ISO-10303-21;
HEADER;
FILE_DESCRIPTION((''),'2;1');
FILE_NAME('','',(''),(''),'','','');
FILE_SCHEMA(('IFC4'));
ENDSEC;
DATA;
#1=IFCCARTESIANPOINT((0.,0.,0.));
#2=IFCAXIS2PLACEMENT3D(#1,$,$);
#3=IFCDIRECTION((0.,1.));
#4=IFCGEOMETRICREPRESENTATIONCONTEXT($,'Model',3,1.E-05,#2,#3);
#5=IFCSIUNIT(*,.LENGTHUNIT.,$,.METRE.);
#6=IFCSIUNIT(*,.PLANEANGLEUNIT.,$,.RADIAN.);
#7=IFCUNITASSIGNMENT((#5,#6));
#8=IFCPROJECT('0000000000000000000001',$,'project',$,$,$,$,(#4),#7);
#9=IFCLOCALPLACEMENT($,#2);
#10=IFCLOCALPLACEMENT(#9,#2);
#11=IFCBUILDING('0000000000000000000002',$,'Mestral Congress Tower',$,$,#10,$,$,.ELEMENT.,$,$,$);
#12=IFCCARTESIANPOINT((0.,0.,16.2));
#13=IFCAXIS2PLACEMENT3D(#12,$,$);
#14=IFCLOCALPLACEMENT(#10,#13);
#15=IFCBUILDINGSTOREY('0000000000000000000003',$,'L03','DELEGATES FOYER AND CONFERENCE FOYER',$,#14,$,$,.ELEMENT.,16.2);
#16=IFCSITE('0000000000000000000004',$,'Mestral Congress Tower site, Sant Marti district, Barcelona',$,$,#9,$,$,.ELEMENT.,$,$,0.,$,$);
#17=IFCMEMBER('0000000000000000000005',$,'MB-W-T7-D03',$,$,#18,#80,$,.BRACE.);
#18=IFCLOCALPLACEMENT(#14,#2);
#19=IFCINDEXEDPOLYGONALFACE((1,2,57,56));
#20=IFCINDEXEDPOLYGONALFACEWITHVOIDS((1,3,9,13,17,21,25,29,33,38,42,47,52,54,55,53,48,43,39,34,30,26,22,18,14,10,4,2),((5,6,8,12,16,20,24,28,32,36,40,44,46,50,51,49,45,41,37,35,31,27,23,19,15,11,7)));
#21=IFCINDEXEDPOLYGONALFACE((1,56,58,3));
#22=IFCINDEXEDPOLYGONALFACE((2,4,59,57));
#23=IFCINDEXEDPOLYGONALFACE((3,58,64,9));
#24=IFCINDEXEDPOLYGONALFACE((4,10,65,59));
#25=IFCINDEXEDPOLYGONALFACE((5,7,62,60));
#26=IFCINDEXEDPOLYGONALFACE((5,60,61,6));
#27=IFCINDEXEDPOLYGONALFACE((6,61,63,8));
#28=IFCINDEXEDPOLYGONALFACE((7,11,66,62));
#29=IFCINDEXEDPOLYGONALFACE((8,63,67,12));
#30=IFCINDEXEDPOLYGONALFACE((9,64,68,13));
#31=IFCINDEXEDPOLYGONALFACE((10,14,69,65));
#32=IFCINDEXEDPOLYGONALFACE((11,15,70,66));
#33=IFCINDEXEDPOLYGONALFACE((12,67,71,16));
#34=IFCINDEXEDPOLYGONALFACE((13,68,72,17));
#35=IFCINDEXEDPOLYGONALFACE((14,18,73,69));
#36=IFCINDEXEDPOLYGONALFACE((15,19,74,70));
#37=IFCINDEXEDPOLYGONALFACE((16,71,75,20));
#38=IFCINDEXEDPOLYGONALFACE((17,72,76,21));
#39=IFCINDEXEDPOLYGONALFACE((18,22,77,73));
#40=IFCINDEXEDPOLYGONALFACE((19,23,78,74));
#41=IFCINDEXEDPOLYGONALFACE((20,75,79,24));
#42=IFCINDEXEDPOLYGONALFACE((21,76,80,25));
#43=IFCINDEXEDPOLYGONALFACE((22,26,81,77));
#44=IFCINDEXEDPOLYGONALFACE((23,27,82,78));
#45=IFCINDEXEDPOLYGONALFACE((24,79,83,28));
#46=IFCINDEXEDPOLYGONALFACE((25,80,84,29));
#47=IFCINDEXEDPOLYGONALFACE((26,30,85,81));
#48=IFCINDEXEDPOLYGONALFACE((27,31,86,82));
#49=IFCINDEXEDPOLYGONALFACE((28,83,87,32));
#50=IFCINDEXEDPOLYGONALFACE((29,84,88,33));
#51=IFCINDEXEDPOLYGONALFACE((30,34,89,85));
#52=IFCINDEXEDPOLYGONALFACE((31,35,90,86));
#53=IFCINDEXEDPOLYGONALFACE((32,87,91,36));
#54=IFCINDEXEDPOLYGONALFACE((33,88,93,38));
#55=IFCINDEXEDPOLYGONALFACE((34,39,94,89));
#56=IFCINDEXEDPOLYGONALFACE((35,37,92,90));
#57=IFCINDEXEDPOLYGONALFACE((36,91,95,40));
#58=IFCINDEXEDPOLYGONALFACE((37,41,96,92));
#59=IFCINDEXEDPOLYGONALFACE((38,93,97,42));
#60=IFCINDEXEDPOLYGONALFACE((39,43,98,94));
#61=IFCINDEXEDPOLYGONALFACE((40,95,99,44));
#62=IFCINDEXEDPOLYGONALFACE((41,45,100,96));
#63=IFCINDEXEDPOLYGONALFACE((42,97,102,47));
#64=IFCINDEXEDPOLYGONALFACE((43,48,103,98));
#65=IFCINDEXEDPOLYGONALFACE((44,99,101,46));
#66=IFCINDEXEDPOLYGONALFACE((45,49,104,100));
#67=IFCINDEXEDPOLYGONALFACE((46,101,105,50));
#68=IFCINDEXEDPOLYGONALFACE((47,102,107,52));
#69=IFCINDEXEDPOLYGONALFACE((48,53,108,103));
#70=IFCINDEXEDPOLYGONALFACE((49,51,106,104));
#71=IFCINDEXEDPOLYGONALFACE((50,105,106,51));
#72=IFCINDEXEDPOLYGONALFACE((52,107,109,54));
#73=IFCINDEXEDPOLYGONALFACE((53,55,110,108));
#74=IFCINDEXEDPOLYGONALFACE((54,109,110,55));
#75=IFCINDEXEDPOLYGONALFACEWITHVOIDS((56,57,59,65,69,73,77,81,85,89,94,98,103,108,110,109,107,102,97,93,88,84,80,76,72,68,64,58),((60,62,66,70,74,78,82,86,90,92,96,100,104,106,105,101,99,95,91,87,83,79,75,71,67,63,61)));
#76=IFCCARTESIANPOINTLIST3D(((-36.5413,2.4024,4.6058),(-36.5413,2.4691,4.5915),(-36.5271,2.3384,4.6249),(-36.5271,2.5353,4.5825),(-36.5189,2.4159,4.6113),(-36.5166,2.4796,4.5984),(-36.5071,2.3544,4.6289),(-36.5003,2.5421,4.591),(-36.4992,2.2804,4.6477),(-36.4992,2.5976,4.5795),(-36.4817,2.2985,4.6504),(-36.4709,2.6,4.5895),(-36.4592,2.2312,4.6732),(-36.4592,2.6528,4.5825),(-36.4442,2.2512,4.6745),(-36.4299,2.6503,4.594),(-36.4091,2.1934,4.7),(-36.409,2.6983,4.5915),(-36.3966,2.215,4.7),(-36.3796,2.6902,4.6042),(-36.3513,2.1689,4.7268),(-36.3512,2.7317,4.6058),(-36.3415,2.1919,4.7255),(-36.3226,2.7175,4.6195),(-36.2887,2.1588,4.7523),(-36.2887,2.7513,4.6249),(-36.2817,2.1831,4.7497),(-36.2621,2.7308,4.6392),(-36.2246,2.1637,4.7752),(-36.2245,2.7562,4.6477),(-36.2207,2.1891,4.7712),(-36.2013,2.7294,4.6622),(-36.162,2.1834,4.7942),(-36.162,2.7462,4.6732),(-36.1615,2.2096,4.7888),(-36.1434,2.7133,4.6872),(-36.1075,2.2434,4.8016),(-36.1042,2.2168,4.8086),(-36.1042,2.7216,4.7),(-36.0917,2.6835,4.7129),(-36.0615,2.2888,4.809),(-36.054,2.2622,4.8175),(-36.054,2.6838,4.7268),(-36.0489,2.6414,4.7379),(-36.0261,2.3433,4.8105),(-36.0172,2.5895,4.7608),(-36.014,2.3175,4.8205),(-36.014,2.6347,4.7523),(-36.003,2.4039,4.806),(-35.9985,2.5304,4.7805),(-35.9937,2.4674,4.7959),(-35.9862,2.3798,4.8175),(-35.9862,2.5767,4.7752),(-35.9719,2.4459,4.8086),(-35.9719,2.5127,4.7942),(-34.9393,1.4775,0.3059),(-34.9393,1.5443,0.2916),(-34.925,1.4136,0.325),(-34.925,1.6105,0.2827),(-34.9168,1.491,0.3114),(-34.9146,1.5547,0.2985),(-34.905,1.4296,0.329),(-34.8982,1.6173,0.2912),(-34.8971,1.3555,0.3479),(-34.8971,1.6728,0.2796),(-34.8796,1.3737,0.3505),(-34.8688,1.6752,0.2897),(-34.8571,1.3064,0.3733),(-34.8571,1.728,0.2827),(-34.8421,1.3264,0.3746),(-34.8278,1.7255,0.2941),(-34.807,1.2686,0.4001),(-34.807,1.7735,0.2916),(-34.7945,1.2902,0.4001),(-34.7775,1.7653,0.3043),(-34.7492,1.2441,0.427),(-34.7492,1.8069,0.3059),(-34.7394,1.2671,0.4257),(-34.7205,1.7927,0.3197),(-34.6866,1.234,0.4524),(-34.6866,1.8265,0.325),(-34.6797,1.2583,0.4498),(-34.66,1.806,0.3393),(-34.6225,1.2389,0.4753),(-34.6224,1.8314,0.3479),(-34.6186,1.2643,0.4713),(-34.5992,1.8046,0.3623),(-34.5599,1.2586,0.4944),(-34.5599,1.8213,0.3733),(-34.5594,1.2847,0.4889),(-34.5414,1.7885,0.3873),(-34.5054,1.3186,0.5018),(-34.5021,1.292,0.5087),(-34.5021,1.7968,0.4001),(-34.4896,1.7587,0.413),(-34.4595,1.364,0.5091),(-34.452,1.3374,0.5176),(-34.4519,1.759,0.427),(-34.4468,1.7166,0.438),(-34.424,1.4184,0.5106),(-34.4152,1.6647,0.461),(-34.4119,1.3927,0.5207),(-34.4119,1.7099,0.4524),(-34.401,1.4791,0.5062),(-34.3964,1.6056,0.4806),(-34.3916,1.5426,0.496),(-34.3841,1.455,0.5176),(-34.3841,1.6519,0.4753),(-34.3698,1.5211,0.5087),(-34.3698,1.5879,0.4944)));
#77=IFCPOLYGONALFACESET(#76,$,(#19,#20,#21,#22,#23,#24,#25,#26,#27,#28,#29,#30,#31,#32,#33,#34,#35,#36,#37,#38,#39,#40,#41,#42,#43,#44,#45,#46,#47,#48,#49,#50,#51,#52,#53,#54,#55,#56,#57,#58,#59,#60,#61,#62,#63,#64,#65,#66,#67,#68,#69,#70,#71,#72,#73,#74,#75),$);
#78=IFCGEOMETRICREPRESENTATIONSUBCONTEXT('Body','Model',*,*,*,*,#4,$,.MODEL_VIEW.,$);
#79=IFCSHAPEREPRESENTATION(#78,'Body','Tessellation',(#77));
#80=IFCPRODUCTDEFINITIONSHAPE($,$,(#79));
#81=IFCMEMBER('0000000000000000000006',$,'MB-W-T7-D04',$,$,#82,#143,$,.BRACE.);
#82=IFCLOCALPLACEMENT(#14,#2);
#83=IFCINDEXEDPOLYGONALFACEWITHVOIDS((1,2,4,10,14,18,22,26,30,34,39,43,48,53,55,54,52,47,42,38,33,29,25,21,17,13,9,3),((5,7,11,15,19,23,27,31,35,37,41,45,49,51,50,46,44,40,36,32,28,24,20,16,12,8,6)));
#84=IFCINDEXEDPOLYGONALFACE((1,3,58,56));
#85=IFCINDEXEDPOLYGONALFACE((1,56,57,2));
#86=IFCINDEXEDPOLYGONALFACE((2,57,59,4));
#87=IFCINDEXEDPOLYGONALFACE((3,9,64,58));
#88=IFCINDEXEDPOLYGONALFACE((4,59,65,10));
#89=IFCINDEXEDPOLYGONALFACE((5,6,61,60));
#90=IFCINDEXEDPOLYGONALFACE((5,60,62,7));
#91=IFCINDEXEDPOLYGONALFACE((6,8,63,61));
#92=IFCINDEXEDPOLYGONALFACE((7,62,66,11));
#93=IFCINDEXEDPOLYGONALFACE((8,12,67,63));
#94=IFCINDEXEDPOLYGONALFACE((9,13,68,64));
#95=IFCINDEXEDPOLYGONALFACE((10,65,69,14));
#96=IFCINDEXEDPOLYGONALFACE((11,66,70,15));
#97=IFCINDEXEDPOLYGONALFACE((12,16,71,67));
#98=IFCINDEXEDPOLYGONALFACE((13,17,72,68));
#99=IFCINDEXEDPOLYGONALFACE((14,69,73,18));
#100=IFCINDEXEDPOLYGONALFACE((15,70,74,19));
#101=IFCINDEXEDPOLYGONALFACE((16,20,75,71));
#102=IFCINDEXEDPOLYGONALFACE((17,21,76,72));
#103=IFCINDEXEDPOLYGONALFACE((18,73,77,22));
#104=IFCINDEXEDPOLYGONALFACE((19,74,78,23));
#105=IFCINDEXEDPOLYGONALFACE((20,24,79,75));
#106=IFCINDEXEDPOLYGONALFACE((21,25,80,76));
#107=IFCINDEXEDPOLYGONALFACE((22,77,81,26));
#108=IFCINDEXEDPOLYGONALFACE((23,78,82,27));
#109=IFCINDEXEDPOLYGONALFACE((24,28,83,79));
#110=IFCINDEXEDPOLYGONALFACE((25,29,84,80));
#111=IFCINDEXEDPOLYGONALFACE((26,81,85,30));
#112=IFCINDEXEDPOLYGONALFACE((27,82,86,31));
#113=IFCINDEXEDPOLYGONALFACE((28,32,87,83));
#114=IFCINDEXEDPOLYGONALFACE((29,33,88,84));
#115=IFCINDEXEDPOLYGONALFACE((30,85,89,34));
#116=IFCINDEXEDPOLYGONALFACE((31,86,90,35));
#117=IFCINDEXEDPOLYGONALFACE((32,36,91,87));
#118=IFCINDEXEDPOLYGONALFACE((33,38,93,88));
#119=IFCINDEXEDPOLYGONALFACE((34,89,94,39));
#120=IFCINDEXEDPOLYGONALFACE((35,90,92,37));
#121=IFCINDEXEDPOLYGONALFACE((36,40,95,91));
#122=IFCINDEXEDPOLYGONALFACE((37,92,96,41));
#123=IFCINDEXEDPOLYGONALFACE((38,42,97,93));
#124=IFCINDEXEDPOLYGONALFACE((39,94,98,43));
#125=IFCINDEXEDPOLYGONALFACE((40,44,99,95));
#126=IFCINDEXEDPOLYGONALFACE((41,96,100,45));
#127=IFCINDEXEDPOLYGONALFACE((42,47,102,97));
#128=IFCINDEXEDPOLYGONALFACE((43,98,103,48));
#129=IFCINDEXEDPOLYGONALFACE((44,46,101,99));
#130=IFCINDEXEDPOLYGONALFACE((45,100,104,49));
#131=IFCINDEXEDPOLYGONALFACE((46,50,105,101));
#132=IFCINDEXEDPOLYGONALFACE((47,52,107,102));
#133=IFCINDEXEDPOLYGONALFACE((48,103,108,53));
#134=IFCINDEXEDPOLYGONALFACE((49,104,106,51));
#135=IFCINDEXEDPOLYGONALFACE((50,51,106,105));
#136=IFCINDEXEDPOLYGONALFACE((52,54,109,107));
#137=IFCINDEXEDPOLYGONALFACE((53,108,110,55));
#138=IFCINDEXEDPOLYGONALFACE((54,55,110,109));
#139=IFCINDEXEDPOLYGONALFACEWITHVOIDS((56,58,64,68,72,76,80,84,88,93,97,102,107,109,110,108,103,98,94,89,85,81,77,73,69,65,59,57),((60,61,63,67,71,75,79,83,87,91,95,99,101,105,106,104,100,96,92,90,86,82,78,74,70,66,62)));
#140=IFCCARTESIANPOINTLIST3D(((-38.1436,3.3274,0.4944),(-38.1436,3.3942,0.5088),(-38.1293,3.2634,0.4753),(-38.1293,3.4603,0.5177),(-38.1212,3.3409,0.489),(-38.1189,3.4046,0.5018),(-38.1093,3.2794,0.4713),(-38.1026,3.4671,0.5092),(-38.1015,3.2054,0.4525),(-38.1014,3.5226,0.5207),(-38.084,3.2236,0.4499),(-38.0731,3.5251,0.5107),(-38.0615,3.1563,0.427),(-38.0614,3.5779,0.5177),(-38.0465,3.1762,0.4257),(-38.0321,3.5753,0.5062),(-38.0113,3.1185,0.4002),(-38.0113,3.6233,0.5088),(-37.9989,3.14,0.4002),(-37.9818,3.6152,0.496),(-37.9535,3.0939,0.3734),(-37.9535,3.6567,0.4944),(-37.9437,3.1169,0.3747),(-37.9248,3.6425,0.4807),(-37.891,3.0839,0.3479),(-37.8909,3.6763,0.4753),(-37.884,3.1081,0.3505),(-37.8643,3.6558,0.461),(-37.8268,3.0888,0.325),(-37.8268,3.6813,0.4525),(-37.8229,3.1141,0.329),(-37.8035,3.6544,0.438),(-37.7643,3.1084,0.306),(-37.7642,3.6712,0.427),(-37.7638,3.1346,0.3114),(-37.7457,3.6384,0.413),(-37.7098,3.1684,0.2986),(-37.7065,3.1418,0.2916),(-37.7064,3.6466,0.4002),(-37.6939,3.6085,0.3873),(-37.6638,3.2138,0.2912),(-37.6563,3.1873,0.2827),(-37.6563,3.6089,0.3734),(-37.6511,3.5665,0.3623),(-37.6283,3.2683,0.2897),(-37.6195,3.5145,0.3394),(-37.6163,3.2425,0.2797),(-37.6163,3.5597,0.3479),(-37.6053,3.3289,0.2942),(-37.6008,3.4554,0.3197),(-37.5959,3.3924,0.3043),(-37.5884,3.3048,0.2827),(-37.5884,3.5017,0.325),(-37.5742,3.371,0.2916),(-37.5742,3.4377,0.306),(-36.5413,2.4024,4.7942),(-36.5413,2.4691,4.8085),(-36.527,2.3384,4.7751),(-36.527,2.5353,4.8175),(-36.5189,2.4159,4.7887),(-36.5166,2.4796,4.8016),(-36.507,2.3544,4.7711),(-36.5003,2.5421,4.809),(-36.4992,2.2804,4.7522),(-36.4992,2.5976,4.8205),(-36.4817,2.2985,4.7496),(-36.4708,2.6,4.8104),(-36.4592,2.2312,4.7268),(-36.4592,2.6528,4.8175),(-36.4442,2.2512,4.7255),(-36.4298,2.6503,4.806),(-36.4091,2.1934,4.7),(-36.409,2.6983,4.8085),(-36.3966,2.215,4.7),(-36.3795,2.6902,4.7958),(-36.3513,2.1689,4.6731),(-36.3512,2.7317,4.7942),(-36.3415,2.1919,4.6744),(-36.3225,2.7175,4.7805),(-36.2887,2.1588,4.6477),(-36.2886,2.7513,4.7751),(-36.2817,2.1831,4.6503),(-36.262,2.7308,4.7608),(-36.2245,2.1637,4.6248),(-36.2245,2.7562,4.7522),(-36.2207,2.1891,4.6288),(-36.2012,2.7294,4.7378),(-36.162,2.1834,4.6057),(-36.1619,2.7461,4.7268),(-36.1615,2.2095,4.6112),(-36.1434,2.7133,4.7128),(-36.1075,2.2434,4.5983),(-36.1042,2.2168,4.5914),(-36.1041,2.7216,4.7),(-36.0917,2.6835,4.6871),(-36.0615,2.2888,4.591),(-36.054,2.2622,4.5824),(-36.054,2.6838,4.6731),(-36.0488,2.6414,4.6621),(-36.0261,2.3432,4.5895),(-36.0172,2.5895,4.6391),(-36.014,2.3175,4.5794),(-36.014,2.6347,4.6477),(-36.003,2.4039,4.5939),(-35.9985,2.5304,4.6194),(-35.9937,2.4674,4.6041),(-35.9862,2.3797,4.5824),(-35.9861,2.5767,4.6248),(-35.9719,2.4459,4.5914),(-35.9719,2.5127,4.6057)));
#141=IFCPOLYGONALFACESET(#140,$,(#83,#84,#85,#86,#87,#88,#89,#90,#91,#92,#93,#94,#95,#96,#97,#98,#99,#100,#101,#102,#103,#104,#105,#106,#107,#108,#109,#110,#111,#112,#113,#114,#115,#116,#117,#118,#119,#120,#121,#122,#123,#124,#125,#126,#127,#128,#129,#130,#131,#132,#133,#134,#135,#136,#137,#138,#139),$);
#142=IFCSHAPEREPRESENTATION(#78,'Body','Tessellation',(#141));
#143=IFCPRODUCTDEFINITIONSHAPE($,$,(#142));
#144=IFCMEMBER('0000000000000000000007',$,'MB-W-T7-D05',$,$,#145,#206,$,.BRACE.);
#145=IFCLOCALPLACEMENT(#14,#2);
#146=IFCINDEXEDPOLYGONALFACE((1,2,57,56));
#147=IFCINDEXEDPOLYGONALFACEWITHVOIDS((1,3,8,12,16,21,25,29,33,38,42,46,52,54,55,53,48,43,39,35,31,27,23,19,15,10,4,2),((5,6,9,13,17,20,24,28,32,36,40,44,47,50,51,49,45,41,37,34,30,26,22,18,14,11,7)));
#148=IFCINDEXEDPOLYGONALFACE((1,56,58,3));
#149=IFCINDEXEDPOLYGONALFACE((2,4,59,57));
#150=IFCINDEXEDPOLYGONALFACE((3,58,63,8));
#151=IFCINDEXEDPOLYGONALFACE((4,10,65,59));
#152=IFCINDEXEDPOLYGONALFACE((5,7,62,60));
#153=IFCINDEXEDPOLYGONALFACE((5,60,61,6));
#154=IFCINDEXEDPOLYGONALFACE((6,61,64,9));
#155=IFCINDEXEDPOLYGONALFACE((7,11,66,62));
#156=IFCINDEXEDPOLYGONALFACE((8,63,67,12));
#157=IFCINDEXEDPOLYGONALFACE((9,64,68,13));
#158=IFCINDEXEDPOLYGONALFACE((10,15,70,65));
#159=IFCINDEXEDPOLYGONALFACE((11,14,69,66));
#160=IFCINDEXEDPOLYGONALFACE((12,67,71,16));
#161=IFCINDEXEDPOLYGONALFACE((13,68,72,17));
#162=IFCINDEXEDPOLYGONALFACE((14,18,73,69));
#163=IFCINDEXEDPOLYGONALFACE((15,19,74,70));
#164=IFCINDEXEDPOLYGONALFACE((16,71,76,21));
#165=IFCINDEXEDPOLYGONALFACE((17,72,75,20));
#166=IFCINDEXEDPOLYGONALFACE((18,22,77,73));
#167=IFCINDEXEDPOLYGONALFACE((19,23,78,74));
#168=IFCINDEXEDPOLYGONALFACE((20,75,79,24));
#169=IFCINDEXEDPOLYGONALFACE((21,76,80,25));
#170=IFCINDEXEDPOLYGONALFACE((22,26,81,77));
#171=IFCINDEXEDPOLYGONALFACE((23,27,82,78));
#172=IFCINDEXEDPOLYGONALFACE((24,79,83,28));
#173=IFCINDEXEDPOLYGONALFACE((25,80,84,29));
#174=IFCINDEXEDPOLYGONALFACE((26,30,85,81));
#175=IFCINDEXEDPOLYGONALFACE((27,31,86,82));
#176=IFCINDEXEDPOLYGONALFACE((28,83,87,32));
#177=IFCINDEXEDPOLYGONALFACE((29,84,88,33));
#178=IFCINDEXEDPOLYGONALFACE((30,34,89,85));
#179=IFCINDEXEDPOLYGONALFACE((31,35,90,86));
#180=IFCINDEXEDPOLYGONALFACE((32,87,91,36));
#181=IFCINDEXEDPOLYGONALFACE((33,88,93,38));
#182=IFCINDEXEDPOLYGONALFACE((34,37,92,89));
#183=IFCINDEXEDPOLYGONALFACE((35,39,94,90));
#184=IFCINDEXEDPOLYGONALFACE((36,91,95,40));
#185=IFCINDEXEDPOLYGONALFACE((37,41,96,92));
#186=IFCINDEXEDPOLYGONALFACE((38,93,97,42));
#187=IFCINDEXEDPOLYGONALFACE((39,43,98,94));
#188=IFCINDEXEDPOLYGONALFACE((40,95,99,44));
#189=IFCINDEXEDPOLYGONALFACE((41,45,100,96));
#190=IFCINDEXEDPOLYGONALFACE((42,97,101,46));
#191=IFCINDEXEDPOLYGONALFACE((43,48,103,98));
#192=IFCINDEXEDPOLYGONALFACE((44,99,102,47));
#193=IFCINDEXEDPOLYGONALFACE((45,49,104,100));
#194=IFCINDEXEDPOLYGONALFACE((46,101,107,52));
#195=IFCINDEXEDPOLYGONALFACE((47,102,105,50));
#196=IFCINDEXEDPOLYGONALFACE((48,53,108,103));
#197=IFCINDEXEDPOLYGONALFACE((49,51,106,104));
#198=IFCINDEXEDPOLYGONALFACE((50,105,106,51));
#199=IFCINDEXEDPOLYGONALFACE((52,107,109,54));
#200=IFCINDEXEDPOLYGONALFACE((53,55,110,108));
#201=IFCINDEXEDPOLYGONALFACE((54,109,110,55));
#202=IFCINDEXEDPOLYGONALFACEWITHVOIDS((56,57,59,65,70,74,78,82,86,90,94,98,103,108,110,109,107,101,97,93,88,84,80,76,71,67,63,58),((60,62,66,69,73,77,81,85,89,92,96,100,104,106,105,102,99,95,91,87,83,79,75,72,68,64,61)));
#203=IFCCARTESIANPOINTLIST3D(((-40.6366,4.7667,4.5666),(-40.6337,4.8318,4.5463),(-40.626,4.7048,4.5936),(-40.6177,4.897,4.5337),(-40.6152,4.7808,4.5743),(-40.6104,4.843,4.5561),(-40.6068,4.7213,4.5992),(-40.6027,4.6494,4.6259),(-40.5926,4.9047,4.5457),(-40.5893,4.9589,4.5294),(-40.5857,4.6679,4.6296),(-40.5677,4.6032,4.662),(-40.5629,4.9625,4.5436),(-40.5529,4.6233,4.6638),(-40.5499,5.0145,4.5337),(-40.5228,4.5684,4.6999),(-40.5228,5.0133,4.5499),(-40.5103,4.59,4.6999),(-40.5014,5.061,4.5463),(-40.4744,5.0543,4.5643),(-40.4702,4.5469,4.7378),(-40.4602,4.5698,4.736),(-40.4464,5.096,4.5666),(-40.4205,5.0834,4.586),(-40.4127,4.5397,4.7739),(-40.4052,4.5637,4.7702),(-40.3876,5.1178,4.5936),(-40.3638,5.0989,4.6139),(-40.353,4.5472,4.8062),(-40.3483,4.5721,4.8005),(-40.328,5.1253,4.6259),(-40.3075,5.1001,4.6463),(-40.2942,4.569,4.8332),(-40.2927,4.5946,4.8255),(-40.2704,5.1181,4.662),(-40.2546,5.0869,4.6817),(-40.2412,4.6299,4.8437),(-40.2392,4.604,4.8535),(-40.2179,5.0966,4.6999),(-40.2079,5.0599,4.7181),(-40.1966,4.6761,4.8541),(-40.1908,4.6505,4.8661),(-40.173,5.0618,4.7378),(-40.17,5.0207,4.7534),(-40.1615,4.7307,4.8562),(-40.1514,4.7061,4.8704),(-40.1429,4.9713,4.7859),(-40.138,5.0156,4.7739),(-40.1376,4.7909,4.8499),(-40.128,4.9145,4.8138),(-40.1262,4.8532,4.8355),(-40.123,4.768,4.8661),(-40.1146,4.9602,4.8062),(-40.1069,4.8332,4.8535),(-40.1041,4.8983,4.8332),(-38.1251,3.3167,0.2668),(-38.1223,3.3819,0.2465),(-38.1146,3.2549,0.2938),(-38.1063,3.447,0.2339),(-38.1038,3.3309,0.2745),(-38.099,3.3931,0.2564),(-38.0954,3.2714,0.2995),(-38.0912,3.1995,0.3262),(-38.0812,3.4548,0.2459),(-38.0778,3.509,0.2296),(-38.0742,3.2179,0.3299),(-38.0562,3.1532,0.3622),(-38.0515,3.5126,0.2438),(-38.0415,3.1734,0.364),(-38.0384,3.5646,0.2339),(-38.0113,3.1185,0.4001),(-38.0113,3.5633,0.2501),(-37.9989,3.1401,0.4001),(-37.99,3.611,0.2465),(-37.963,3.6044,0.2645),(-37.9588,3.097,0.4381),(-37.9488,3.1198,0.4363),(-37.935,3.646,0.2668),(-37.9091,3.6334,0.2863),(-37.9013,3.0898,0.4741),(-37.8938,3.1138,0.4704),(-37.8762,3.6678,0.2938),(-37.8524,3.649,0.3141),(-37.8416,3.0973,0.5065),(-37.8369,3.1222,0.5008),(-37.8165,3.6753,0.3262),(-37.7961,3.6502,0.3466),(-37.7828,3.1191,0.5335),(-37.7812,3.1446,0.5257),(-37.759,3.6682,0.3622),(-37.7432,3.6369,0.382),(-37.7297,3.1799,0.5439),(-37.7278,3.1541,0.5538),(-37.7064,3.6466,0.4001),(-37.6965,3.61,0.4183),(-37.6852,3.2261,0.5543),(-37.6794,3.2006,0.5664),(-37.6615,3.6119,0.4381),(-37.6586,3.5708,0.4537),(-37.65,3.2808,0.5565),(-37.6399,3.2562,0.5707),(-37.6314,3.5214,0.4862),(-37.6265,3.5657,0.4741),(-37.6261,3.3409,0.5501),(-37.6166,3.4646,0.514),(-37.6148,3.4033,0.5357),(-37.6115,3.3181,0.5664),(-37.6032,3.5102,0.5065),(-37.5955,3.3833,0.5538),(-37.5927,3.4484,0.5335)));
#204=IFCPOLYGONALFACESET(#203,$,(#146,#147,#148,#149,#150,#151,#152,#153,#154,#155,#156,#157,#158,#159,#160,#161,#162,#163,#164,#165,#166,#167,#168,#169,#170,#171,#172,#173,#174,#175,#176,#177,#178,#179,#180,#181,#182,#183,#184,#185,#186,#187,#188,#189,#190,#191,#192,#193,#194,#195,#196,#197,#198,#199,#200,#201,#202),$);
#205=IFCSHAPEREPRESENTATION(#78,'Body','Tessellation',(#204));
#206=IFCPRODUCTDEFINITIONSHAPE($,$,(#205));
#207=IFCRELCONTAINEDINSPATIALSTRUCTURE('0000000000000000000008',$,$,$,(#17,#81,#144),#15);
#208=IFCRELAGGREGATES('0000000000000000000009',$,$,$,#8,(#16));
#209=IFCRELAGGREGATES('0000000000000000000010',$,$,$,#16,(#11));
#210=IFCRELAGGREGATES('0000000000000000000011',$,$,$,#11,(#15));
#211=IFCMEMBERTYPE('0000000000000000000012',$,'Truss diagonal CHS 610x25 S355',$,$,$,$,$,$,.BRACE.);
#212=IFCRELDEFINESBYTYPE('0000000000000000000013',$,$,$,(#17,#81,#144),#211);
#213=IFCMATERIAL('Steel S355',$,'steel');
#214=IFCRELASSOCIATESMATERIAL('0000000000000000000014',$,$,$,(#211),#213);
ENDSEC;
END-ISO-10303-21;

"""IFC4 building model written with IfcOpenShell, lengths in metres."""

from ifc_helpers import new_model, si_unit, direction, frame, origin, origin_2d, place, context, subcontext, project, spatial, hollow_circle, extrude, material, material_profile, profile_set, type_object, element, save


model = new_model("IFC4")

# Units and contexts
model_context = context("Model", 3, precision=1e-05, world=origin(), true_north=direction((0.0, 1.0)))
body_context = subcontext(model_context, "Body", "Model", "MODEL_VIEW")
ifc_project = project(units=[si_unit("LENGTHUNIT", "METRE"), si_unit("PLANEANGLEUNIT", "RADIAN")], contexts=[model_context])

# Site, building, storey
site_placement = place(None, origin())
site = spatial("IfcSite", under=ifc_project, at=site_placement, Name="Mestral Congress Tower site, Sant Marti district, Barcelona", CompositionType="ELEMENT", RefElevation=0.0)
building_placement = place(site_placement, origin())
building = spatial("IfcBuilding", under=site, at=building_placement, Name="Mestral Congress Tower", CompositionType="ELEMENT")
storey_placement = place(building_placement, frame((0.0, 0.0, 16.2)))
storey = spatial("IfcBuildingStorey", under=building, at=storey_placement, Name="L03", Description="DELEGATES FOYER AND CONFERENCE FOYER", CompositionType="ELEMENT", Elevation=16.2)

# Shared definitions
ifc_material_1 = material(Name="Steel S355", Category="steel")

# Members
ifc_material_profile_1 = material_profile(ifc_material_1, hollow_circle(Radius=0.3049, WallThickness=0.0249, at=origin_2d()), Name="CHS 610x25")
ifc_profile_set_1 = profile_set([ifc_material_profile_1], Name="Steel S355")
member_type_1 = type_object("IfcMemberType", Name="Truss diagonal CHS 610x25 S355", PredefinedType="BRACE", material=ifc_profile_set_1)
for number, where, z_axis, x_axis, name in (
    (1, (-34.6545, 1.5327, 0.4001), (-0.342258, 0.197573, 0.918599), (-0.499943, -0.866058, 0.0), "MB-W-T7-D03"),
    (2, (-36.2566, 2.4575, 4.7), (-0.342301, 0.197619, -0.918573), (-0.499985, -0.866034, 0.0), "MB-W-T7-D04"),
):
    element("IfcMember", number, at=place(storey_placement, frame(where, z_axis=z_axis, x_axis=x_axis)), inside=storey, type_object=member_type_1, Name=name, PredefinedType="BRACE", context=body_context, shape_type="SweptSolid", body=[
        extrude(hollow_circle(Radius=0.3049, WallThickness=0.0249, at=origin_2d()), origin(), (0.0, 0.0, 1.0), 4.6809),
    ])
member_1_placement = place(storey_placement, frame((-37.8589, 3.3826, 0.4001), z_axis=(-0.484247, 0.279571, 0.829062), x_axis=(-0.499987, -0.866033, 0.0)))
element("IfcMember", 3, at=member_1_placement, inside=storey, type_object=member_type_1, Name="MB-W-T7-D05", PredefinedType="BRACE", context=body_context, shape_type="SweptSolid", body=[
    extrude(hollow_circle(Radius=0.3049, WallThickness=0.0249, at=origin_2d()), origin(), (0.0, 0.0, 1.0), 5.1863),
])

save(model, "model.ifc")
